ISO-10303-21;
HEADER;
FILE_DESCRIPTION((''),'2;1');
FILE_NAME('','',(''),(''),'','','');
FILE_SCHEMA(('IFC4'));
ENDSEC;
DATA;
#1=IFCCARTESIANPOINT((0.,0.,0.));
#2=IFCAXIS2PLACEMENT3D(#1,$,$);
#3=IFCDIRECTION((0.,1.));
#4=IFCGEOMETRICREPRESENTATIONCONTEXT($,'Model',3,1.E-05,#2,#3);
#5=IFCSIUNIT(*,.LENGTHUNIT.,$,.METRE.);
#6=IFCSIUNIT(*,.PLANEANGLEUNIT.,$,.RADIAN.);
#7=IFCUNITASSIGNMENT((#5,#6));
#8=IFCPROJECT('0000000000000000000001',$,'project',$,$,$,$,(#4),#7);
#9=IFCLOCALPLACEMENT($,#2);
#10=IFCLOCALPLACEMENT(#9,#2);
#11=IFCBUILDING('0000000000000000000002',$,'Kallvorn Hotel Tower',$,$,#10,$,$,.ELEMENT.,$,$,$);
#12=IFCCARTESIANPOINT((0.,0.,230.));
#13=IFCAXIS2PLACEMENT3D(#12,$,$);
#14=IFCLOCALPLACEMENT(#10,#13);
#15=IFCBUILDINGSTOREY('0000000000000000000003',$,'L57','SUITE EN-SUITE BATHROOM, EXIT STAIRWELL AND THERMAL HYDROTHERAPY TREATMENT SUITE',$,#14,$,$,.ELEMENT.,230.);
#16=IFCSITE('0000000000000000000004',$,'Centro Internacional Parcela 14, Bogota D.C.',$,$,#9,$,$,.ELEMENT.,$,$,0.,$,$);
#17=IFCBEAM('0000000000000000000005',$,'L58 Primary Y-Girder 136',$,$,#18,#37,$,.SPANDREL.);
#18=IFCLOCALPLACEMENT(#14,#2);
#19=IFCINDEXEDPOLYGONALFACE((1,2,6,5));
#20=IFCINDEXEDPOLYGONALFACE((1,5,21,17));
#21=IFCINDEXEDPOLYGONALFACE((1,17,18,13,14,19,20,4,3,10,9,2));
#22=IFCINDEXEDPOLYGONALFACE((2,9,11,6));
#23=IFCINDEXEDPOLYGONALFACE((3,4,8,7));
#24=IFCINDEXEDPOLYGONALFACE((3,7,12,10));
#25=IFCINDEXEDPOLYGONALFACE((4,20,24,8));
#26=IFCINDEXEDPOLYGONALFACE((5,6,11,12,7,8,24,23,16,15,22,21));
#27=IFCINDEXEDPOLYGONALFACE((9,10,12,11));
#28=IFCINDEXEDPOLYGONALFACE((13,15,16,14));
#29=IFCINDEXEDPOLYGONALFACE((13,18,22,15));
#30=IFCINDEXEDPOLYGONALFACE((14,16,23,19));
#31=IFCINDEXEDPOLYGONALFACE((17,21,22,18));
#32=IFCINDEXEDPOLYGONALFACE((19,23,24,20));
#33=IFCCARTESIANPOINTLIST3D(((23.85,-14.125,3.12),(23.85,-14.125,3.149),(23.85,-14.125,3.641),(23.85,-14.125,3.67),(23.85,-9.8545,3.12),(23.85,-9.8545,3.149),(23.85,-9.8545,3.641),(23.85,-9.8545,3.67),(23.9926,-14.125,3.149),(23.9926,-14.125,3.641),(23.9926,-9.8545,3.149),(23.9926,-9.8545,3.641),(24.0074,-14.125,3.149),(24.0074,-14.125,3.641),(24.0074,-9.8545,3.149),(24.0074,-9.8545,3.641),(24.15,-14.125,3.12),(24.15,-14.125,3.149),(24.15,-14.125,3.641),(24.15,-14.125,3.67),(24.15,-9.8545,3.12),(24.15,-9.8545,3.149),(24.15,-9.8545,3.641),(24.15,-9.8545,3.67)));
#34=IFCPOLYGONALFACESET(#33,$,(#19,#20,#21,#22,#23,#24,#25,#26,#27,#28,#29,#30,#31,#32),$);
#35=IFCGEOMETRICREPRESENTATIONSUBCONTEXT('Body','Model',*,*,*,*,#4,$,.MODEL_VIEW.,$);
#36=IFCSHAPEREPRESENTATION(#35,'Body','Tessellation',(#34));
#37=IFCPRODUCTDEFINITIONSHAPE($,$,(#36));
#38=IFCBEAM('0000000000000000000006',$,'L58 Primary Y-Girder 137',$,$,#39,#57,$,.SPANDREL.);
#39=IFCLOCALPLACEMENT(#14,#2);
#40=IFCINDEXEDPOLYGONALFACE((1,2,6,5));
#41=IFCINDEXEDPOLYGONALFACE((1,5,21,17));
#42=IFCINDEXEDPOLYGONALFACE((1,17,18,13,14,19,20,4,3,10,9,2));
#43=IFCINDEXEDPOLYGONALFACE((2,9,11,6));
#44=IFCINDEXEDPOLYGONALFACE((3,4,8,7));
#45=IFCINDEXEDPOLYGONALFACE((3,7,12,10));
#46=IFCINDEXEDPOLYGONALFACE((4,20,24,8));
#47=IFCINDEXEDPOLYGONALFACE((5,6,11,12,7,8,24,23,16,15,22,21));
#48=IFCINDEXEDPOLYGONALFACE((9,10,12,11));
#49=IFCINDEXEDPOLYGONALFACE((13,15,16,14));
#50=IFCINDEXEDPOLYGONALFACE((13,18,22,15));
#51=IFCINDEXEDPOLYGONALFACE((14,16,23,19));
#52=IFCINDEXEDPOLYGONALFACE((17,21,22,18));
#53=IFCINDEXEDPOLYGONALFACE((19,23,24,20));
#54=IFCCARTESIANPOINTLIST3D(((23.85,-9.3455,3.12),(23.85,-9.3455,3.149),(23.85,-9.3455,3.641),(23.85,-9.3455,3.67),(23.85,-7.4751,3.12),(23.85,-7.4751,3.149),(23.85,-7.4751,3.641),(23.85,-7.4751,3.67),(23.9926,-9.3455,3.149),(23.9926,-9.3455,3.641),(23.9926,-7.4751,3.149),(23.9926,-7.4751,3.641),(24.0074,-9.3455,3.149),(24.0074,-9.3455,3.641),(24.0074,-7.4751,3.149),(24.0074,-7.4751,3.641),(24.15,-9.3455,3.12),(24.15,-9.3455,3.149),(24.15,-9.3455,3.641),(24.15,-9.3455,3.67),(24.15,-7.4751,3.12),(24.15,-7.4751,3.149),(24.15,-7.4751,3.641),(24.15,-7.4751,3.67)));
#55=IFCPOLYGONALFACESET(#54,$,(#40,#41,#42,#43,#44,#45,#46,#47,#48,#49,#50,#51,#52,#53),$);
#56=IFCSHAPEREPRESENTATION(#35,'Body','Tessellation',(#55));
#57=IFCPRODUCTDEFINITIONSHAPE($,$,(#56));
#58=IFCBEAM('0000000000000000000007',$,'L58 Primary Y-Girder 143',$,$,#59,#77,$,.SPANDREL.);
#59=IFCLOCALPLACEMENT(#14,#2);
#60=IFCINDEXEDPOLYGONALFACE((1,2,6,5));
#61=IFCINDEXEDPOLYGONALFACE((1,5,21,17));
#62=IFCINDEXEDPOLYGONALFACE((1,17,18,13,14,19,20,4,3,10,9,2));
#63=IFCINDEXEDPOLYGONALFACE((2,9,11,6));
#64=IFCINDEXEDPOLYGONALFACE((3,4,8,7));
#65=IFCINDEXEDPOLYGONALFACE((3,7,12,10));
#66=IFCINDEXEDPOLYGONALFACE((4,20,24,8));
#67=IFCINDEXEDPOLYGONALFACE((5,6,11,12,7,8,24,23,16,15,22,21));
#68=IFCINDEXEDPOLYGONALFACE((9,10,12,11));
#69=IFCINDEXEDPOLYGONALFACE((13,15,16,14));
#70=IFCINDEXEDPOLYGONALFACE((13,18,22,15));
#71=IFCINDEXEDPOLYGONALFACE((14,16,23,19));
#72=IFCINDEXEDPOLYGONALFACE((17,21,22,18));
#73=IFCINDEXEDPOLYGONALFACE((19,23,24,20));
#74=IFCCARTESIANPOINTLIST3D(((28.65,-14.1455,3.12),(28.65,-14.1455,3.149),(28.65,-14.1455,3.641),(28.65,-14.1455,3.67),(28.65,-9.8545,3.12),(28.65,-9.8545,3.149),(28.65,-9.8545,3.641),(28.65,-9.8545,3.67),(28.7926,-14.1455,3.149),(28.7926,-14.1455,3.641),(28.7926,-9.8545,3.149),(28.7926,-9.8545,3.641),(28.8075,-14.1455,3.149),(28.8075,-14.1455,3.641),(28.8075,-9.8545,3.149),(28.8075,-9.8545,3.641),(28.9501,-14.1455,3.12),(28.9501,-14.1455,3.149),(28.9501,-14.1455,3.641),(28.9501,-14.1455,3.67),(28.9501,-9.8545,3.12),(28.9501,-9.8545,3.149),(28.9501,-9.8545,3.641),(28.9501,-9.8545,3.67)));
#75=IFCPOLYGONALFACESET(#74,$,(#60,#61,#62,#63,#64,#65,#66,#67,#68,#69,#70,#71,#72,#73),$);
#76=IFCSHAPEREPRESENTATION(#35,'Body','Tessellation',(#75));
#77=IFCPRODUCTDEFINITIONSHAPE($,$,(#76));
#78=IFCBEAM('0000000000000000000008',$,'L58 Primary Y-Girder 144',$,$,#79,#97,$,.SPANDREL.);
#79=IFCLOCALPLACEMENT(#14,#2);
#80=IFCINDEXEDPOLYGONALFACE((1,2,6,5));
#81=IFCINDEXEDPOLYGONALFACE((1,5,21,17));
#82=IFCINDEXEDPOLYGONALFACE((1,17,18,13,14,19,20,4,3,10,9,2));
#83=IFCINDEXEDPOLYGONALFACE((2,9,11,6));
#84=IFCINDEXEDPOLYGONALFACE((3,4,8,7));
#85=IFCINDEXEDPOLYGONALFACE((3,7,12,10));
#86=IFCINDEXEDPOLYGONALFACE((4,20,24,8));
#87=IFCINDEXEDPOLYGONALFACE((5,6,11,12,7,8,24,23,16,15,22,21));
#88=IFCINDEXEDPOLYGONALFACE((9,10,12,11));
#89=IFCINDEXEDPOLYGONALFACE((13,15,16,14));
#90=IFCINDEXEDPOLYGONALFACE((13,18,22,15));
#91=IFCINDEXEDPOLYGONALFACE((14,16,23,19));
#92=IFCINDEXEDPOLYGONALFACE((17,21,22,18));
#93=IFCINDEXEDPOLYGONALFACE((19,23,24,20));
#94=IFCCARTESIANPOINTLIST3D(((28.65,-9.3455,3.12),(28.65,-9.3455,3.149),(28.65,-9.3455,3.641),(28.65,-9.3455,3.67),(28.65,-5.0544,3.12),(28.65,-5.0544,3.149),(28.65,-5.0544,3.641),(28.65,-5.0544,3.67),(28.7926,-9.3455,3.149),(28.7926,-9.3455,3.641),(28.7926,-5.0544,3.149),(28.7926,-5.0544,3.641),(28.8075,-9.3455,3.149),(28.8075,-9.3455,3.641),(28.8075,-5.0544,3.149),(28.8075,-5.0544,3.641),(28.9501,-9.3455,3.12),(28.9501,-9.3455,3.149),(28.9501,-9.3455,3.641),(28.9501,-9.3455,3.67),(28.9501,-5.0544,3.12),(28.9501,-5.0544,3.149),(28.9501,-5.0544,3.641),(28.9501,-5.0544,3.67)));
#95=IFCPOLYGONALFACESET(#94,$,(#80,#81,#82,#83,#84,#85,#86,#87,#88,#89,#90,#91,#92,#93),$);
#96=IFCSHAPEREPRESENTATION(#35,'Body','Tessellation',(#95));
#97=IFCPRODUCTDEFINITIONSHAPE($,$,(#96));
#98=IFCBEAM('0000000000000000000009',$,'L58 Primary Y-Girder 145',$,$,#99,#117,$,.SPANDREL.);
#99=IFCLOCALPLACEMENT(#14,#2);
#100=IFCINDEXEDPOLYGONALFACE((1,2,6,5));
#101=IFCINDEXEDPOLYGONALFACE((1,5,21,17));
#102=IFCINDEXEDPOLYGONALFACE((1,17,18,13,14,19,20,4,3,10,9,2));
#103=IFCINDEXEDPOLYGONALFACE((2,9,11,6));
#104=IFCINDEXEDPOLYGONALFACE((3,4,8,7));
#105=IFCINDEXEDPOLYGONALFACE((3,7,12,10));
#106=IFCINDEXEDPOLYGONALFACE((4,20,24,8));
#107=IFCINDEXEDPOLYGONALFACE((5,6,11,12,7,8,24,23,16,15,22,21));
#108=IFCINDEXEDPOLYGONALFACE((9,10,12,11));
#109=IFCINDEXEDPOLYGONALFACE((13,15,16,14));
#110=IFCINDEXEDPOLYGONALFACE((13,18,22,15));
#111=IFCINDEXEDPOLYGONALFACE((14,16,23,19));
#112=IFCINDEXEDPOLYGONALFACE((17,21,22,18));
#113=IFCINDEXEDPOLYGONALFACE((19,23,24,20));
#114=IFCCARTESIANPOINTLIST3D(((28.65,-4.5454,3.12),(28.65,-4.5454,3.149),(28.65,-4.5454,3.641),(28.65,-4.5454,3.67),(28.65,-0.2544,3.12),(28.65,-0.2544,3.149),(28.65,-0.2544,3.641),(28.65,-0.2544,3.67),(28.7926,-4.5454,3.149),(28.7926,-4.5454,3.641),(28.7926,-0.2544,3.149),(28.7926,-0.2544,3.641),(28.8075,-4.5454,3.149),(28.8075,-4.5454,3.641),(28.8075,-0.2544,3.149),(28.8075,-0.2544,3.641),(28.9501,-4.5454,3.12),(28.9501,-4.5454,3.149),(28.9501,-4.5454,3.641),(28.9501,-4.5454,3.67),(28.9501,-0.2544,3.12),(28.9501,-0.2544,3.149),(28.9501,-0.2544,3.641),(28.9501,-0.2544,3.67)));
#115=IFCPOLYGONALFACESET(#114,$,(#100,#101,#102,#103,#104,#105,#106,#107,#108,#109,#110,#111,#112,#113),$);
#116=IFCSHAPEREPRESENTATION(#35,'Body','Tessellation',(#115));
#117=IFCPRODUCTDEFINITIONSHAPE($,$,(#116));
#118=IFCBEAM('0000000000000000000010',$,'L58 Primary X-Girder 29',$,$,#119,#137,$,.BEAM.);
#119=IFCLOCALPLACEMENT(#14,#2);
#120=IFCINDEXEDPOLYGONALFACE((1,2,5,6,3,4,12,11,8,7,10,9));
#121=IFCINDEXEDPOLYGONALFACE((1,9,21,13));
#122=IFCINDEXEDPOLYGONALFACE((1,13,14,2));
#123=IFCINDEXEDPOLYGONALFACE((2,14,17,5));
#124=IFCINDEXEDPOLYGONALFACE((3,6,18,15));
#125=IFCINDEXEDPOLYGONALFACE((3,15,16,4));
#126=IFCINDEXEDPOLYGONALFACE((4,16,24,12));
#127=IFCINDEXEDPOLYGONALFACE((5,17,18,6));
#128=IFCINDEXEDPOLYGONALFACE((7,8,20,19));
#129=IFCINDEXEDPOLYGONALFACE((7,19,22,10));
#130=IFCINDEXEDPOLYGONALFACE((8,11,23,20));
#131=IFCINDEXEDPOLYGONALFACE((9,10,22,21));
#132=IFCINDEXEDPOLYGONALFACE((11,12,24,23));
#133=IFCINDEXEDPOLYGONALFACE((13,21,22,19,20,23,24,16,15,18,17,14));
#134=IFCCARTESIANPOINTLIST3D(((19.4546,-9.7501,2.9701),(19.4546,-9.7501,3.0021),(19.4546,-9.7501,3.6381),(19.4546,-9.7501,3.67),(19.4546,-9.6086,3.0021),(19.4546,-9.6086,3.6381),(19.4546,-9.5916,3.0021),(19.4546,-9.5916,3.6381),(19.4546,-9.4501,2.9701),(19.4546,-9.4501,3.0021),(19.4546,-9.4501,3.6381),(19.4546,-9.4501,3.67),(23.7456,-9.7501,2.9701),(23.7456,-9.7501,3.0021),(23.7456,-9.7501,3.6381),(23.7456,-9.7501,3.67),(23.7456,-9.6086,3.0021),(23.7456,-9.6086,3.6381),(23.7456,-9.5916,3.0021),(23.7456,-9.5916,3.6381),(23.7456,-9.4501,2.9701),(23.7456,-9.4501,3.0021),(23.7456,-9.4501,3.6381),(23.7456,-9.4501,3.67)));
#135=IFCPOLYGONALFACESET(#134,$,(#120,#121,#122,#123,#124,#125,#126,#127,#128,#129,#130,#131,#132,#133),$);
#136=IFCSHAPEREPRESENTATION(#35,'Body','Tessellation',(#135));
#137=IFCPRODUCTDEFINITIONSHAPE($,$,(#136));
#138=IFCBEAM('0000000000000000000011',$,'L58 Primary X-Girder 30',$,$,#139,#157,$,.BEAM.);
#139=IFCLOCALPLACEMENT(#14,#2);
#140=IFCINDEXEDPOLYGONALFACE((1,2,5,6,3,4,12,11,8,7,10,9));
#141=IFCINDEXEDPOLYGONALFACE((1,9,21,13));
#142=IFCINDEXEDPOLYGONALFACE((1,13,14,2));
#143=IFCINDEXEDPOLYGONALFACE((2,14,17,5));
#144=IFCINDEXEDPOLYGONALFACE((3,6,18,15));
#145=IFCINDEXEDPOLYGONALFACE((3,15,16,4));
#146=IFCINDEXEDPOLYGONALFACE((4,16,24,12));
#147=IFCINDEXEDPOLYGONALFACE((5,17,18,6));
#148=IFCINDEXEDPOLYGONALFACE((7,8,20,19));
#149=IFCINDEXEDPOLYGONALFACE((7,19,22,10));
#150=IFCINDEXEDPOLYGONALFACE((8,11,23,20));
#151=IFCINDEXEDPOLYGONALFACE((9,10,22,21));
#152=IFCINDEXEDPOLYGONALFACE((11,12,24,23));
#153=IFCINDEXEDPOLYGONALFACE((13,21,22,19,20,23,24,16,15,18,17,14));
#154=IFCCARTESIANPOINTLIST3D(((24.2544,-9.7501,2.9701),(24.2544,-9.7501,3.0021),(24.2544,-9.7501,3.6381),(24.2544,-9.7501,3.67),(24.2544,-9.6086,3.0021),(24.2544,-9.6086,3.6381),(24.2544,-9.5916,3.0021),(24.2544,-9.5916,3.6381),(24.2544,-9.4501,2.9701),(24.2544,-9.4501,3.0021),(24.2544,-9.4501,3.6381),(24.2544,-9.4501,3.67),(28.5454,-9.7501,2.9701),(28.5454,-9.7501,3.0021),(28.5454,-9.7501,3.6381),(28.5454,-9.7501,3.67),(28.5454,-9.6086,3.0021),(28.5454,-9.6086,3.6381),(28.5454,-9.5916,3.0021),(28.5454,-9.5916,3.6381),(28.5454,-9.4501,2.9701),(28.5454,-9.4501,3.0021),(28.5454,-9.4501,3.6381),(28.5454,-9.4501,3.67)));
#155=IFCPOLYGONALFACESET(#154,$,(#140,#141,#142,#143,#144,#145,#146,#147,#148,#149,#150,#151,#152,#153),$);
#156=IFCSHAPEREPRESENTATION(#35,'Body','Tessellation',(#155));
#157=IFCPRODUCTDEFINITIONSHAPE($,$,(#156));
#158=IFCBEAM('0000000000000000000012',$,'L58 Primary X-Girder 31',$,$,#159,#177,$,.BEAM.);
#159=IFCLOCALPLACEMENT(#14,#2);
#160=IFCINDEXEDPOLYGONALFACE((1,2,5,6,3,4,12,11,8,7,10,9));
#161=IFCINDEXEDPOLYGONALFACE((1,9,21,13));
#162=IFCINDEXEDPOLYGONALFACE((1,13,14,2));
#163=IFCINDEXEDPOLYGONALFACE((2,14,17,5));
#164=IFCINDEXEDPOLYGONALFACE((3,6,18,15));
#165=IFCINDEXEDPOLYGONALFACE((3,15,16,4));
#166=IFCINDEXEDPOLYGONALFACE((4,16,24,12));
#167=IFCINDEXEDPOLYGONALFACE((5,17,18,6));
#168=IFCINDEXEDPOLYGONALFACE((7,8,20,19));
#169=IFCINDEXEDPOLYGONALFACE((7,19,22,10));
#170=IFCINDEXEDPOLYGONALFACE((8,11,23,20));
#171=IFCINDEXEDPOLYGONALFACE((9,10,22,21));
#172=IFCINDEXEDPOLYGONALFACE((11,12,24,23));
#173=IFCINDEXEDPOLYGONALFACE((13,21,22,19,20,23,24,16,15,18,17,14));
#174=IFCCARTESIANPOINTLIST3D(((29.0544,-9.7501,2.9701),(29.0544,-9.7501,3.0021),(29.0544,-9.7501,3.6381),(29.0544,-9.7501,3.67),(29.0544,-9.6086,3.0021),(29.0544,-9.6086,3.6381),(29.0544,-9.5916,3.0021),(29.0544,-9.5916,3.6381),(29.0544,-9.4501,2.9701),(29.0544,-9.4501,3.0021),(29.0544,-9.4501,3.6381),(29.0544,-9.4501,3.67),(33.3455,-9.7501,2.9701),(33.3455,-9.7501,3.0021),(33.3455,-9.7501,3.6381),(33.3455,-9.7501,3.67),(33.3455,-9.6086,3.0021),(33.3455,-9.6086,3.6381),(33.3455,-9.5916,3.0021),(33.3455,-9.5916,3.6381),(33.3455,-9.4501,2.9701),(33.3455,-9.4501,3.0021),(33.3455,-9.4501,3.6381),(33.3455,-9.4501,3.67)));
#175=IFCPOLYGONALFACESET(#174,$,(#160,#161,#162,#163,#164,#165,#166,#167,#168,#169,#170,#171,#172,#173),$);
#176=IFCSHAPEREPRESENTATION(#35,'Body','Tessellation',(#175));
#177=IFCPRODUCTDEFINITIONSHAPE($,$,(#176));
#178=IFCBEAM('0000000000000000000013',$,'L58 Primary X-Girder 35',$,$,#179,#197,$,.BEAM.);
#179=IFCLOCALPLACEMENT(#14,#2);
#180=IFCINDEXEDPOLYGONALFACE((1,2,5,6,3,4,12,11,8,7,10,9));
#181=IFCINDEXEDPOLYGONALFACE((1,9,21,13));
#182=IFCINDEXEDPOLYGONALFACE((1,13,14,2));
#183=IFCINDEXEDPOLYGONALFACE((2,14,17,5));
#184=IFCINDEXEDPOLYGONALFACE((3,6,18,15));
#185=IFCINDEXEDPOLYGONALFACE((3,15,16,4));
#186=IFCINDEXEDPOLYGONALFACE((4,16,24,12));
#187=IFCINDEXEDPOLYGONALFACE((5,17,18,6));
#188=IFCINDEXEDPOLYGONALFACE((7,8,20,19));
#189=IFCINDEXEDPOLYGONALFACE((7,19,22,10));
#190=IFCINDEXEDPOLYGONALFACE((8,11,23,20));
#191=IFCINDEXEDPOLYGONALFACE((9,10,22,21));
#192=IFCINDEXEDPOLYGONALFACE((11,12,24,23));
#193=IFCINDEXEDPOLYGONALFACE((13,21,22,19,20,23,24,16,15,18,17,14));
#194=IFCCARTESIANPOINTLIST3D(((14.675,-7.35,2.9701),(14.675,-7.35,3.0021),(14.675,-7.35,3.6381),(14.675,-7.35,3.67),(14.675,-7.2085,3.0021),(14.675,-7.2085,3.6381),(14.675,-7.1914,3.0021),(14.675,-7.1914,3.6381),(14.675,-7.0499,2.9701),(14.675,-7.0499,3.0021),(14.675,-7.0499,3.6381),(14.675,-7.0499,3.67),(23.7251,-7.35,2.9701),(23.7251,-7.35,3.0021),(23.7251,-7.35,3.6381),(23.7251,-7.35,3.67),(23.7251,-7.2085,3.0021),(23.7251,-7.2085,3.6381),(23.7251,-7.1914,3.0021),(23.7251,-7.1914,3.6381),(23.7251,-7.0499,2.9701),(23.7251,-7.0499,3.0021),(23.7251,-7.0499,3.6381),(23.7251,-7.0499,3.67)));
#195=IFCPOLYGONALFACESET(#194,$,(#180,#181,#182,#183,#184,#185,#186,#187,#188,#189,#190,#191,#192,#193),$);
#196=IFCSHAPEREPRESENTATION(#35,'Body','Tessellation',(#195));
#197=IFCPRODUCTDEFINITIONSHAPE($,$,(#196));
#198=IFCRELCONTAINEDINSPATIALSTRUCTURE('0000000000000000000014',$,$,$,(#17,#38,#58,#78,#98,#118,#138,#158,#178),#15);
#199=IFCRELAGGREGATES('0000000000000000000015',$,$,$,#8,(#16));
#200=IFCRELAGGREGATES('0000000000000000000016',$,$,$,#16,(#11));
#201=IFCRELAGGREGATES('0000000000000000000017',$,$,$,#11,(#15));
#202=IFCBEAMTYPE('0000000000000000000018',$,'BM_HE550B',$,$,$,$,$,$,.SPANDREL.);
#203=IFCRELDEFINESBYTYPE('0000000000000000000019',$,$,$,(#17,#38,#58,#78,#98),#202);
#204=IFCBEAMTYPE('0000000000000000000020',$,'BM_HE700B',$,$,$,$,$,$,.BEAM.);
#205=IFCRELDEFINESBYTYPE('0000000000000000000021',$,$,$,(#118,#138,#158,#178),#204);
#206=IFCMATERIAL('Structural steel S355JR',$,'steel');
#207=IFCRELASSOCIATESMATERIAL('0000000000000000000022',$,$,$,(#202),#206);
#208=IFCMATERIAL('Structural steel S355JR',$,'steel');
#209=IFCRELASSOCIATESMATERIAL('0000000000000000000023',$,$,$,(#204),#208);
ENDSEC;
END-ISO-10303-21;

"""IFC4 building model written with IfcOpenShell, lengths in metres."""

from ifc_helpers import new_model, si_unit, direction, frame, origin, origin_2d, place, context, subcontext, project, spatial, i_section, extrude, material, material_profile, profile_set, type_object, element, save


model = new_model("IFC4")

# Units and contexts
model_context = context("Model", 3, precision=1e-05, world=origin(), true_north=direction((0.0, 1.0)))
body_context = subcontext(model_context, "Body", "Model", "MODEL_VIEW")
ifc_project = project(units=[si_unit("LENGTHUNIT", "METRE"), si_unit("PLANEANGLEUNIT", "RADIAN")], contexts=[model_context])

# Site, building, storey
site_placement = place(None, origin())
site = spatial("IfcSite", under=ifc_project, at=site_placement, Name="Centro Internacional Parcela 14, Bogota D.C.", CompositionType="ELEMENT", RefElevation=0.0)
building_placement = place(site_placement, origin())
building = spatial("IfcBuilding", under=site, at=building_placement, Name="Kallvorn Hotel Tower", CompositionType="ELEMENT")
storey_placement = place(building_placement, frame((0.0, 0.0, 230.0)))
storey = spatial("IfcBuildingStorey", under=building, at=storey_placement, Name="L57", Description="SUITE EN-SUITE BATHROOM, EXIT STAIRWELL AND THERMAL HYDROTHERAPY TREATMENT SUITE", CompositionType="ELEMENT", Elevation=230.0)

# Beams
ifc_material_1 = material(Name="Structural steel S355JR", Category="steel")
ifc_material_profile_1 = material_profile(ifc_material_1, i_section(OverallWidth=0.3, OverallDepth=0.55, WebThickness=0.0149, FlangeThickness=0.0291, at=origin_2d()), Name="HE 550 B")
ifc_profile_set_1 = profile_set([ifc_material_profile_1], Name="Structural steel S355JR")
beam_type_1 = type_object("IfcBeamType", Name="BM_HE550B", PredefinedType="SPANDREL", material=ifc_profile_set_1)
beam_1_placement = place(storey_placement, frame((24.0, -14.125, 3.395), z_axis=(0.0, 1.0, 0.0), x_axis=(-1.0, 0.0, 0.0)))
element("IfcBeam", 1, at=beam_1_placement, inside=storey, type_object=beam_type_1, Name="L58 Primary Y-Girder 136", PredefinedType="SPANDREL", context=body_context, shape_type="SweptSolid", body=[
    extrude(i_section(OverallWidth=0.3, OverallDepth=0.55, WebThickness=0.0149, FlangeThickness=0.0291, at=origin_2d()), origin(), (0.0, 0.0, 1.0), 4.2705),
])
beam_2_placement = place(storey_placement, frame((24.0, -9.3455, 3.395), z_axis=(0.0, 1.0, 0.0), x_axis=(-1.0, 0.0, 0.0)))
element("IfcBeam", 2, at=beam_2_placement, inside=storey, type_object=beam_type_1, Name="L58 Primary Y-Girder 137", PredefinedType="SPANDREL", context=body_context, shape_type="SweptSolid", body=[
    extrude(i_section(OverallWidth=0.3, OverallDepth=0.55, WebThickness=0.0149, FlangeThickness=0.0291, at=origin_2d()), origin(), (0.0, 0.0, 1.0), 1.8704),
])
for number, where, z_axis, x_axis, name in (
    (3, (28.8, -14.1455, 3.395), (0.0, 1.0, 0.0), (-1.0, 0.0, 0.0), "L58 Primary Y-Girder 143"),
    (4, (28.8, -9.3455, 3.395), (0.0, 1.0, 0.0), (-1.0, 0.0, 0.0), "L58 Primary Y-Girder 144"),
    (5, (28.8, -4.5454, 3.395), (0.0, 1.0, 0.0), (-1.0, 0.0, 0.0), "L58 Primary Y-Girder 145"),
):
    element("IfcBeam", number, at=place(storey_placement, frame(where, z_axis=z_axis, x_axis=x_axis)), inside=storey, type_object=beam_type_1, Name=name, PredefinedType="SPANDREL", context=body_context, shape_type="SweptSolid", body=[
        extrude(i_section(OverallWidth=0.3, OverallDepth=0.55, WebThickness=0.0149, FlangeThickness=0.0291, at=origin_2d()), origin(), (0.0, 0.0, 1.0), 4.291),
    ])
ifc_material_2 = material(Name="Structural steel S355JR", Category="steel")
ifc_material_profile_2 = material_profile(ifc_material_2, i_section(OverallWidth=0.3, OverallDepth=0.7, WebThickness=0.0171, FlangeThickness=0.032, at=origin_2d()), Name="HE 700 B")
ifc_profile_set_2 = profile_set([ifc_material_profile_2], Name="Structural steel S355JR")
beam_type_2 = type_object("IfcBeamType", Name="BM_HE700B", PredefinedType="BEAM", material=ifc_profile_set_2)
for number, where, z_axis, x_axis, name in (
    (6, (19.4546, -9.6001, 3.3201), (1.0, 0.0, 0.0), (0.0, 1.0, 0.0), "L58 Primary X-Girder 29"),
    (7, (24.2544, -9.6001, 3.3201), (1.0, 0.0, 0.0), (0.0, 1.0, 0.0), "L58 Primary X-Girder 30"),
    (8, (29.0544, -9.6001, 3.3201), (1.0, 0.0, 0.0), (0.0, 1.0, 0.0), "L58 Primary X-Girder 31"),
):
    element("IfcBeam", number, at=place(storey_placement, frame(where, z_axis=z_axis, x_axis=x_axis)), inside=storey, type_object=beam_type_2, Name=name, PredefinedType="BEAM", context=body_context, shape_type="SweptSolid", body=[
        extrude(i_section(OverallWidth=0.3, OverallDepth=0.7, WebThickness=0.0171, FlangeThickness=0.032, at=origin_2d()), origin(), (0.0, 0.0, 1.0), 4.291),
    ])
beam_3_placement = place(storey_placement, frame((14.675, -7.2, 3.3201), z_axis=(1.0, 0.0, 0.0), x_axis=(0.0, 1.0, 0.0)))
element("IfcBeam", 9, at=beam_3_placement, inside=storey, type_object=beam_type_2, Name="L58 Primary X-Girder 35", PredefinedType="BEAM", context=body_context, shape_type="SweptSolid", body=[
    extrude(i_section(OverallWidth=0.3, OverallDepth=0.7, WebThickness=0.0171, FlangeThickness=0.032, at=origin_2d()), origin(), (0.0, 0.0, 1.0), 9.05),
])

save(model, "model.ifc")
